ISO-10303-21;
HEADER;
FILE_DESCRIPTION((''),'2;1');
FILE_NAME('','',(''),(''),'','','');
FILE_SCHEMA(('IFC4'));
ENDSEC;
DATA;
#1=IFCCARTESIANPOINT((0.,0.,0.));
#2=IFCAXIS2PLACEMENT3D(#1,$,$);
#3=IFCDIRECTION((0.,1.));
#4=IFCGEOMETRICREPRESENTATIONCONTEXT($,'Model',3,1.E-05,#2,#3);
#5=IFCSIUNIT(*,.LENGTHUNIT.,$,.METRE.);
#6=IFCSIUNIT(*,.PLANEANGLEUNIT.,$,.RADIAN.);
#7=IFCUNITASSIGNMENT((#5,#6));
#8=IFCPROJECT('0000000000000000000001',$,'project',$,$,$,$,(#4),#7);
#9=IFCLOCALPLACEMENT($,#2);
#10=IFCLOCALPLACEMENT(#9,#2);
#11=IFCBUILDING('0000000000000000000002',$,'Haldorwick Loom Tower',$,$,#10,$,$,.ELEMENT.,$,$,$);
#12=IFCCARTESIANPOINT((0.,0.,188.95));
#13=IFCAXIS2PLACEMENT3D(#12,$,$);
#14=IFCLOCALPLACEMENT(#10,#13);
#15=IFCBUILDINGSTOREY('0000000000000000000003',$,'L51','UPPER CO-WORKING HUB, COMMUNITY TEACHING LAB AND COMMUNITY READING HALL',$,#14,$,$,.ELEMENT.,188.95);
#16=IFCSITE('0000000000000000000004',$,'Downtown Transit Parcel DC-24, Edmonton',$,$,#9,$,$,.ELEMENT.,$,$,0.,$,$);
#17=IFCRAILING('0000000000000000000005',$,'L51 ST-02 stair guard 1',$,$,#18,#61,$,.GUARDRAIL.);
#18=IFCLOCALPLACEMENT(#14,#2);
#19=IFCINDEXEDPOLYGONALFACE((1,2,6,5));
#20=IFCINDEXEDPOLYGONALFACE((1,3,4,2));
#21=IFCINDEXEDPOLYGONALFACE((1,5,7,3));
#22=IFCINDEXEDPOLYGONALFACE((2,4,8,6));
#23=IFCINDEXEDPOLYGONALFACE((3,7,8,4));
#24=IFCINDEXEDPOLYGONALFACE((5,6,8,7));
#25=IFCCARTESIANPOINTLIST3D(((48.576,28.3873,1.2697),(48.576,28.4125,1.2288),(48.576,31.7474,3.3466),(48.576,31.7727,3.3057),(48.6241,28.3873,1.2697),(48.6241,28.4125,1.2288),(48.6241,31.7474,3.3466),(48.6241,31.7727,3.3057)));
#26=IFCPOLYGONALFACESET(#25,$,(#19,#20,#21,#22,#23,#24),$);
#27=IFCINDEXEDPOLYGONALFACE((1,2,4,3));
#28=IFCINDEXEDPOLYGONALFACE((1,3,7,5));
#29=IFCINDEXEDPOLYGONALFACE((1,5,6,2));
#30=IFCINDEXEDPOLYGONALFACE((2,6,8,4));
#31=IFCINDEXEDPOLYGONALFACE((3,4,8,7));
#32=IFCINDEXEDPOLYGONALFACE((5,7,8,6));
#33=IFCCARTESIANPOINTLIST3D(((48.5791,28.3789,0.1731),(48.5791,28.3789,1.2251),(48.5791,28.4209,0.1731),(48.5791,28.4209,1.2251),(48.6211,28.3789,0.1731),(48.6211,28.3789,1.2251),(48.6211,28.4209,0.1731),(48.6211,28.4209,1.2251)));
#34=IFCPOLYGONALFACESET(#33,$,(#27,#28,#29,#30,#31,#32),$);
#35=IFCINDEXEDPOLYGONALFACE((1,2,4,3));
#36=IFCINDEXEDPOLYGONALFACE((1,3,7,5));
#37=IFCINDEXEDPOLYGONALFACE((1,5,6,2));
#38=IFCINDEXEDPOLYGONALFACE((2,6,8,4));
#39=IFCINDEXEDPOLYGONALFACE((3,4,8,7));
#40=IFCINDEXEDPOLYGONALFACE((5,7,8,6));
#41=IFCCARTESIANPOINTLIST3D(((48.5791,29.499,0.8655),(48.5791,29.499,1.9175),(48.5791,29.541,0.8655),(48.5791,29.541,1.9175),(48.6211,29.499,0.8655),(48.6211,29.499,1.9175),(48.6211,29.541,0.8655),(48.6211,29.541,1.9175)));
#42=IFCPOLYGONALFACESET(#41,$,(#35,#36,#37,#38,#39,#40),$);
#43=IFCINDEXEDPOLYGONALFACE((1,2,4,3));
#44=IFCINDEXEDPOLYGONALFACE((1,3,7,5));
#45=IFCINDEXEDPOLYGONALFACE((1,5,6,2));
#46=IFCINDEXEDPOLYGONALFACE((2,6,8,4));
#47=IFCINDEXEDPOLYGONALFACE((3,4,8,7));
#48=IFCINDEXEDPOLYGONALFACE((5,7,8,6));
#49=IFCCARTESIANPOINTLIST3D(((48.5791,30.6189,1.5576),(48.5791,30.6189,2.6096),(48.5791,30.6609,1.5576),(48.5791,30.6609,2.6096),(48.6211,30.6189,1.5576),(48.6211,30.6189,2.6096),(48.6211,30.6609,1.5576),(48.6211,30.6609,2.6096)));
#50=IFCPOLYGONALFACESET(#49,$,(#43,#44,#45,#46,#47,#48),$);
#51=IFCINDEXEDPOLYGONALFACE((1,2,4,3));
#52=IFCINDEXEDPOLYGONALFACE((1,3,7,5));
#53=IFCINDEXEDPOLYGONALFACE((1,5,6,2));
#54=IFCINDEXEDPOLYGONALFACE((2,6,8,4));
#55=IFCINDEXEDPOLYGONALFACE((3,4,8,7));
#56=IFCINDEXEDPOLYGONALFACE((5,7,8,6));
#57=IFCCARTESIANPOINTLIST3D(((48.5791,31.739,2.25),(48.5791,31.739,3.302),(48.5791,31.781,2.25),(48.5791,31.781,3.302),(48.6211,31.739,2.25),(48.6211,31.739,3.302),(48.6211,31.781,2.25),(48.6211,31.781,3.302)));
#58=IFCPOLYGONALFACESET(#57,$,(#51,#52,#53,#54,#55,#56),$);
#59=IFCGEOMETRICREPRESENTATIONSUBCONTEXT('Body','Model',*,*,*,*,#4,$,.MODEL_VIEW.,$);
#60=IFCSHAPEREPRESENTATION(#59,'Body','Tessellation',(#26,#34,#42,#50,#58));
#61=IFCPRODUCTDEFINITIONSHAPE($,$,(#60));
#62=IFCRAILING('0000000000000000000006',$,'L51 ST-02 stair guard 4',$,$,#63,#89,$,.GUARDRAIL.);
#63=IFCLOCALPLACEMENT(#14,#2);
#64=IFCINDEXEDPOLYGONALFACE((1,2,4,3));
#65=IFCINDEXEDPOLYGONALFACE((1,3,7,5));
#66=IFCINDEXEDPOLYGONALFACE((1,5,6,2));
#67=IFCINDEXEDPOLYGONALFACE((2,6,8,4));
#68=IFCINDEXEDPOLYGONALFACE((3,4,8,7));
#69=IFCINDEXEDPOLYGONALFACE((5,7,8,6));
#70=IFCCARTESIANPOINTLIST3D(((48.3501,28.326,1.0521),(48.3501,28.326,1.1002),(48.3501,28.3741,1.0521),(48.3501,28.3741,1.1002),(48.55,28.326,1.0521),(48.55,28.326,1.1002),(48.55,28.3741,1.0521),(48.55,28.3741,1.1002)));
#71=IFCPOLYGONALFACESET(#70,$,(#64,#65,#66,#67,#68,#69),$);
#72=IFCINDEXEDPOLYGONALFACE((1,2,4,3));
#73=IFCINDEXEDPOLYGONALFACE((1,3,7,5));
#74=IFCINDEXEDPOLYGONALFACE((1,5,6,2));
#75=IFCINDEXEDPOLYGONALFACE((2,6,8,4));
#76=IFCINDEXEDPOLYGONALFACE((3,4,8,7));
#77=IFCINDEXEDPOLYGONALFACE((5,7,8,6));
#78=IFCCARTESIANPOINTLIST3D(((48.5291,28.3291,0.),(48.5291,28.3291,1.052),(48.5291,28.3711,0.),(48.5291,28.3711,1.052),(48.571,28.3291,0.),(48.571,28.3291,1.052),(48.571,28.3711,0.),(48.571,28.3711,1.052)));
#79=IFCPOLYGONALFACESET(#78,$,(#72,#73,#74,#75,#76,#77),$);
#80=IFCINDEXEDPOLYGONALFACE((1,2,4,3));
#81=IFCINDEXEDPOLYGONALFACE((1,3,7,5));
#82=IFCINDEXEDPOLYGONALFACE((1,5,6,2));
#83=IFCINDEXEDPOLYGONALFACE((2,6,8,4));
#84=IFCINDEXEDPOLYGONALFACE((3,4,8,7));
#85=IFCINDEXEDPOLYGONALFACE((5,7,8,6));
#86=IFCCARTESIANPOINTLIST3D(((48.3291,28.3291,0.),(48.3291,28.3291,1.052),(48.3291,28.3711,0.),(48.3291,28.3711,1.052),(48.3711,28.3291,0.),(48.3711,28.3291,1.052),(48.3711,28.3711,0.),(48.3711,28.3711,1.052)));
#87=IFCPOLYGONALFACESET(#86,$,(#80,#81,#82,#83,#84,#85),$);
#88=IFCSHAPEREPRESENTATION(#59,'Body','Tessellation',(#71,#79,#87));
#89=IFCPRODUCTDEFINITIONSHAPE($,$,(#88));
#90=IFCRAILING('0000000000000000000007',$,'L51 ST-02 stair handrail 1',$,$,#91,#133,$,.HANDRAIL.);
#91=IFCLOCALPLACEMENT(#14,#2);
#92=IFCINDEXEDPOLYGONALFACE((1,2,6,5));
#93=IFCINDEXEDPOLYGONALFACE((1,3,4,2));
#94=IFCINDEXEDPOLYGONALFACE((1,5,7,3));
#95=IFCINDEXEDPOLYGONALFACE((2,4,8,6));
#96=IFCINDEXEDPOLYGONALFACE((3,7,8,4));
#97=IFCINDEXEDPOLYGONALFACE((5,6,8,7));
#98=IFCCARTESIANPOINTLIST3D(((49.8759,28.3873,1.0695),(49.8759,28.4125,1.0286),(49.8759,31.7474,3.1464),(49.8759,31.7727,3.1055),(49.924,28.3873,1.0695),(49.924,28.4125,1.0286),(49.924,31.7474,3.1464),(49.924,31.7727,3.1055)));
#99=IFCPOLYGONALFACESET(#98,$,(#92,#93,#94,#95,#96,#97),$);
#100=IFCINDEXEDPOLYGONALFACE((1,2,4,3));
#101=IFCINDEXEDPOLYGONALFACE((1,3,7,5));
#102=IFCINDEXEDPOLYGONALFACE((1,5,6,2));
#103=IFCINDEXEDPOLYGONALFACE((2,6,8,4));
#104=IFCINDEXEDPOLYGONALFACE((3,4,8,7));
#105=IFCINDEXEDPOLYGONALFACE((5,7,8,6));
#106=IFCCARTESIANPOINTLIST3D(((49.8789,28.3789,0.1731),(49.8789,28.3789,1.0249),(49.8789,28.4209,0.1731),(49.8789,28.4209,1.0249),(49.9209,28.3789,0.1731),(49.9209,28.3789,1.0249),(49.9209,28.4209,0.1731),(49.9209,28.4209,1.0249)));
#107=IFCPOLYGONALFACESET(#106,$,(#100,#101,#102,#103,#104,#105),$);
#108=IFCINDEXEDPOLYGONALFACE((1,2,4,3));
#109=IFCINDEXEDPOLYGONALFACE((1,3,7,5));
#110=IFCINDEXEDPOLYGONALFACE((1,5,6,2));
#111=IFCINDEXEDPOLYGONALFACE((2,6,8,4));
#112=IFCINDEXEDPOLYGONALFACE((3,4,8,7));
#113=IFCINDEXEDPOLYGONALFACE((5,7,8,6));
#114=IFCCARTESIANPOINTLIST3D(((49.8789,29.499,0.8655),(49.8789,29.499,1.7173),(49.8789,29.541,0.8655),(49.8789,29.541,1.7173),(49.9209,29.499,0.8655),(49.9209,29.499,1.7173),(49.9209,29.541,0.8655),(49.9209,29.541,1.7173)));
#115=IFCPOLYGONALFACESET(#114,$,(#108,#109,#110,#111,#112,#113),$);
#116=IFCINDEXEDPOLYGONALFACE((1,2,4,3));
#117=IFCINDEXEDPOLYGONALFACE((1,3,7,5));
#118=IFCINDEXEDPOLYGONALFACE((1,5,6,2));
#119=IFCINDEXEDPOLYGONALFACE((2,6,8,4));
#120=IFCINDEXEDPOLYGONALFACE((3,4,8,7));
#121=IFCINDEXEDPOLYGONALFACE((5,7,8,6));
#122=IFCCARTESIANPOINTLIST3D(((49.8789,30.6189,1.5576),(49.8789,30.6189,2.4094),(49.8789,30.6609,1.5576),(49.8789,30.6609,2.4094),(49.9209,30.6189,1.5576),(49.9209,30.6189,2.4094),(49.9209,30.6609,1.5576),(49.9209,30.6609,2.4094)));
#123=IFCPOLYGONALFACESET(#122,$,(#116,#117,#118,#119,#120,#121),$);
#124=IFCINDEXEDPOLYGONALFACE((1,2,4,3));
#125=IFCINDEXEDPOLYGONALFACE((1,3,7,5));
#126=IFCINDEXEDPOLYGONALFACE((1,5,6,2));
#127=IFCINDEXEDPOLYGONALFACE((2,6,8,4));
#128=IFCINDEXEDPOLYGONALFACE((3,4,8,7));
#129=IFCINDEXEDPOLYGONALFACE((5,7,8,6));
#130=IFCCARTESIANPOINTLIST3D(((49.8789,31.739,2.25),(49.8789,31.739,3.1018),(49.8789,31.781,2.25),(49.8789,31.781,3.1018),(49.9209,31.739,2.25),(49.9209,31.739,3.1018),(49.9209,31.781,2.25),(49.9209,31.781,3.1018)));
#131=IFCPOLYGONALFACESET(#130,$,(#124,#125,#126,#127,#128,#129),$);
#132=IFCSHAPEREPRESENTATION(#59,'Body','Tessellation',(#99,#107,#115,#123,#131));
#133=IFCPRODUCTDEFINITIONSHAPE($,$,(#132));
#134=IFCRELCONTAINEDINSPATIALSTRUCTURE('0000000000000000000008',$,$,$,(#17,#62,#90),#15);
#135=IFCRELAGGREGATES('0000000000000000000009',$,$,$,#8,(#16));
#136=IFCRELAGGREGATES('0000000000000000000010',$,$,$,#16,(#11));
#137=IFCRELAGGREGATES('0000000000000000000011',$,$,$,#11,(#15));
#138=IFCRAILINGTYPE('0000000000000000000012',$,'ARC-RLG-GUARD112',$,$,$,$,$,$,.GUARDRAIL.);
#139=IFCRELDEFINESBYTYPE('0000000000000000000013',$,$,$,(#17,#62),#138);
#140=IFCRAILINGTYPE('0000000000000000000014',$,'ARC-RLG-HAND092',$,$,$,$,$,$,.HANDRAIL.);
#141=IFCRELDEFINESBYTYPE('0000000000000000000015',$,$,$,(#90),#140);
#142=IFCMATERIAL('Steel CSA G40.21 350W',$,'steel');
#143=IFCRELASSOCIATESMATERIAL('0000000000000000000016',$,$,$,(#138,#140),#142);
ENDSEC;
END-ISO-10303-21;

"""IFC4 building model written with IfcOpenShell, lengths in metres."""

from ifc_helpers import new_model, si_unit, direction, frame, origin, origin_2d, place, context, subcontext, project, spatial, rectangle, extrude, material, type_object, element, save


model = new_model("IFC4")

# Units and contexts
model_context = context("Model", 3, precision=1e-05, world=origin(), true_north=direction((0.0, 1.0)))
body_context = subcontext(model_context, "Body", "Model", "MODEL_VIEW")
ifc_project = project(units=[si_unit("LENGTHUNIT", "METRE"), si_unit("PLANEANGLEUNIT", "RADIAN")], contexts=[model_context])

# Site, building, storey
site_placement = place(None, origin())
site = spatial("IfcSite", under=ifc_project, at=site_placement, Name="Downtown Transit Parcel DC-24, Edmonton", CompositionType="ELEMENT", RefElevation=0.0)
building_placement = place(site_placement, origin())
building = spatial("IfcBuilding", under=site, at=building_placement, Name="Haldorwick Loom Tower", CompositionType="ELEMENT")
storey_placement = place(building_placement, frame((0.0, 0.0, 188.95)))
storey = spatial("IfcBuildingStorey", under=building, at=storey_placement, Name="L51", Description="UPPER CO-WORKING HUB, COMMUNITY TEACHING LAB AND COMMUNITY READING HALL", CompositionType="ELEMENT", Elevation=188.95)

# Shared definitions
ifc_material_1 = material(Name="Steel CSA G40.21 350W", Category="steel")

# Railings
railing_type_1 = type_object("IfcRailingType", Name="ARC-RLG-GUARD112", PredefinedType="GUARDRAIL", material=ifc_material_1)
railing_1_placement = place(storey_placement, frame((48.6001, 28.3999, 0.1731)))
element("IfcRailing", 1, at=railing_1_placement, inside=storey, type_object=railing_type_1, Name="L51 ST-02 stair guard 1", PredefinedType="GUARDRAIL", context=body_context, shape_type="SweptSolid", body=[
    extrude(rectangle(XDim=0.0481, YDim=0.0481, at=origin_2d()), frame((0.0, 0.0, 1.0762), z_axis=(0.0, 0.850623, 0.525776), x_axis=(-1.0, 0.0, 0.0)), (0.0, 0.0, 1.0), 3.9502),
    extrude(rectangle(XDim=0.042, YDim=0.042, at=origin_2d()), origin(), (0.0, 0.0, 1.0), 1.052),
    extrude(rectangle(XDim=0.042, YDim=0.042, at=origin_2d()), frame((0.0, 1.1201, 0.6924)), (0.0, 0.0, 1.0), 1.052),
    extrude(rectangle(XDim=0.042, YDim=0.042, at=origin_2d()), frame((0.0, 2.24, 1.3845)), (0.0, 0.0, 1.0), 1.052),
    extrude(rectangle(XDim=0.042, YDim=0.042, at=origin_2d()), frame((0.0, 3.3601, 2.0769)), (0.0, 0.0, 1.0), 1.052),
])
railing_2_placement = place(storey_placement, frame((48.55, 28.3501, 0.0)))
element("IfcRailing", 2, at=railing_2_placement, inside=storey, type_object=railing_type_1, Name="L51 ST-02 stair guard 4", PredefinedType="GUARDRAIL", context=body_context, shape_type="SweptSolid", body=[
    extrude(rectangle(XDim=0.0481, YDim=0.0481, at=origin_2d()), frame((0.0, 0.0, 1.0762), z_axis=(-1.0, 0.0, 0.0), x_axis=(0.0, -1.0, 0.0)), (0.0, 0.0, 1.0), 0.2),
    extrude(rectangle(XDim=0.042, YDim=0.042, at=origin_2d()), origin(), (0.0, 0.0, 1.0), 1.052),
    extrude(rectangle(XDim=0.042, YDim=0.042, at=origin_2d()), frame((-0.2, 0.0, 0.0)), (0.0, 0.0, 1.0), 1.052),
])
railing_type_2 = type_object("IfcRailingType", Name="ARC-RLG-HAND092", PredefinedType="HANDRAIL", material=ifc_material_1)
railing_3_placement = place(storey_placement, frame((49.8999, 28.3999, 0.1731)))
element("IfcRailing", 3, at=railing_3_placement, inside=storey, type_object=railing_type_2, Name="L51 ST-02 stair handrail 1", PredefinedType="HANDRAIL", context=body_context, shape_type="SweptSolid", body=[
    extrude(rectangle(XDim=0.0481, YDim=0.0481, at=origin_2d()), frame((0.0, 0.0, 0.876), z_axis=(0.0, 0.850623, 0.525776), x_axis=(-1.0, 0.0, 0.0)), (0.0, 0.0, 1.0), 3.9502),
    extrude(rectangle(XDim=0.042, YDim=0.042, at=origin_2d()), origin(), (0.0, 0.0, 1.0), 0.8518),
    extrude(rectangle(XDim=0.042, YDim=0.042, at=origin_2d()), frame((0.0, 1.1201, 0.6924)), (0.0, 0.0, 1.0), 0.8518),
    extrude(rectangle(XDim=0.042, YDim=0.042, at=origin_2d()), frame((0.0, 2.24, 1.3845)), (0.0, 0.0, 1.0), 0.8518),
    extrude(rectangle(XDim=0.042, YDim=0.042, at=origin_2d()), frame((0.0, 3.3601, 2.0769)), (0.0, 0.0, 1.0), 0.8518),
])

save(model, "model.ifc")
